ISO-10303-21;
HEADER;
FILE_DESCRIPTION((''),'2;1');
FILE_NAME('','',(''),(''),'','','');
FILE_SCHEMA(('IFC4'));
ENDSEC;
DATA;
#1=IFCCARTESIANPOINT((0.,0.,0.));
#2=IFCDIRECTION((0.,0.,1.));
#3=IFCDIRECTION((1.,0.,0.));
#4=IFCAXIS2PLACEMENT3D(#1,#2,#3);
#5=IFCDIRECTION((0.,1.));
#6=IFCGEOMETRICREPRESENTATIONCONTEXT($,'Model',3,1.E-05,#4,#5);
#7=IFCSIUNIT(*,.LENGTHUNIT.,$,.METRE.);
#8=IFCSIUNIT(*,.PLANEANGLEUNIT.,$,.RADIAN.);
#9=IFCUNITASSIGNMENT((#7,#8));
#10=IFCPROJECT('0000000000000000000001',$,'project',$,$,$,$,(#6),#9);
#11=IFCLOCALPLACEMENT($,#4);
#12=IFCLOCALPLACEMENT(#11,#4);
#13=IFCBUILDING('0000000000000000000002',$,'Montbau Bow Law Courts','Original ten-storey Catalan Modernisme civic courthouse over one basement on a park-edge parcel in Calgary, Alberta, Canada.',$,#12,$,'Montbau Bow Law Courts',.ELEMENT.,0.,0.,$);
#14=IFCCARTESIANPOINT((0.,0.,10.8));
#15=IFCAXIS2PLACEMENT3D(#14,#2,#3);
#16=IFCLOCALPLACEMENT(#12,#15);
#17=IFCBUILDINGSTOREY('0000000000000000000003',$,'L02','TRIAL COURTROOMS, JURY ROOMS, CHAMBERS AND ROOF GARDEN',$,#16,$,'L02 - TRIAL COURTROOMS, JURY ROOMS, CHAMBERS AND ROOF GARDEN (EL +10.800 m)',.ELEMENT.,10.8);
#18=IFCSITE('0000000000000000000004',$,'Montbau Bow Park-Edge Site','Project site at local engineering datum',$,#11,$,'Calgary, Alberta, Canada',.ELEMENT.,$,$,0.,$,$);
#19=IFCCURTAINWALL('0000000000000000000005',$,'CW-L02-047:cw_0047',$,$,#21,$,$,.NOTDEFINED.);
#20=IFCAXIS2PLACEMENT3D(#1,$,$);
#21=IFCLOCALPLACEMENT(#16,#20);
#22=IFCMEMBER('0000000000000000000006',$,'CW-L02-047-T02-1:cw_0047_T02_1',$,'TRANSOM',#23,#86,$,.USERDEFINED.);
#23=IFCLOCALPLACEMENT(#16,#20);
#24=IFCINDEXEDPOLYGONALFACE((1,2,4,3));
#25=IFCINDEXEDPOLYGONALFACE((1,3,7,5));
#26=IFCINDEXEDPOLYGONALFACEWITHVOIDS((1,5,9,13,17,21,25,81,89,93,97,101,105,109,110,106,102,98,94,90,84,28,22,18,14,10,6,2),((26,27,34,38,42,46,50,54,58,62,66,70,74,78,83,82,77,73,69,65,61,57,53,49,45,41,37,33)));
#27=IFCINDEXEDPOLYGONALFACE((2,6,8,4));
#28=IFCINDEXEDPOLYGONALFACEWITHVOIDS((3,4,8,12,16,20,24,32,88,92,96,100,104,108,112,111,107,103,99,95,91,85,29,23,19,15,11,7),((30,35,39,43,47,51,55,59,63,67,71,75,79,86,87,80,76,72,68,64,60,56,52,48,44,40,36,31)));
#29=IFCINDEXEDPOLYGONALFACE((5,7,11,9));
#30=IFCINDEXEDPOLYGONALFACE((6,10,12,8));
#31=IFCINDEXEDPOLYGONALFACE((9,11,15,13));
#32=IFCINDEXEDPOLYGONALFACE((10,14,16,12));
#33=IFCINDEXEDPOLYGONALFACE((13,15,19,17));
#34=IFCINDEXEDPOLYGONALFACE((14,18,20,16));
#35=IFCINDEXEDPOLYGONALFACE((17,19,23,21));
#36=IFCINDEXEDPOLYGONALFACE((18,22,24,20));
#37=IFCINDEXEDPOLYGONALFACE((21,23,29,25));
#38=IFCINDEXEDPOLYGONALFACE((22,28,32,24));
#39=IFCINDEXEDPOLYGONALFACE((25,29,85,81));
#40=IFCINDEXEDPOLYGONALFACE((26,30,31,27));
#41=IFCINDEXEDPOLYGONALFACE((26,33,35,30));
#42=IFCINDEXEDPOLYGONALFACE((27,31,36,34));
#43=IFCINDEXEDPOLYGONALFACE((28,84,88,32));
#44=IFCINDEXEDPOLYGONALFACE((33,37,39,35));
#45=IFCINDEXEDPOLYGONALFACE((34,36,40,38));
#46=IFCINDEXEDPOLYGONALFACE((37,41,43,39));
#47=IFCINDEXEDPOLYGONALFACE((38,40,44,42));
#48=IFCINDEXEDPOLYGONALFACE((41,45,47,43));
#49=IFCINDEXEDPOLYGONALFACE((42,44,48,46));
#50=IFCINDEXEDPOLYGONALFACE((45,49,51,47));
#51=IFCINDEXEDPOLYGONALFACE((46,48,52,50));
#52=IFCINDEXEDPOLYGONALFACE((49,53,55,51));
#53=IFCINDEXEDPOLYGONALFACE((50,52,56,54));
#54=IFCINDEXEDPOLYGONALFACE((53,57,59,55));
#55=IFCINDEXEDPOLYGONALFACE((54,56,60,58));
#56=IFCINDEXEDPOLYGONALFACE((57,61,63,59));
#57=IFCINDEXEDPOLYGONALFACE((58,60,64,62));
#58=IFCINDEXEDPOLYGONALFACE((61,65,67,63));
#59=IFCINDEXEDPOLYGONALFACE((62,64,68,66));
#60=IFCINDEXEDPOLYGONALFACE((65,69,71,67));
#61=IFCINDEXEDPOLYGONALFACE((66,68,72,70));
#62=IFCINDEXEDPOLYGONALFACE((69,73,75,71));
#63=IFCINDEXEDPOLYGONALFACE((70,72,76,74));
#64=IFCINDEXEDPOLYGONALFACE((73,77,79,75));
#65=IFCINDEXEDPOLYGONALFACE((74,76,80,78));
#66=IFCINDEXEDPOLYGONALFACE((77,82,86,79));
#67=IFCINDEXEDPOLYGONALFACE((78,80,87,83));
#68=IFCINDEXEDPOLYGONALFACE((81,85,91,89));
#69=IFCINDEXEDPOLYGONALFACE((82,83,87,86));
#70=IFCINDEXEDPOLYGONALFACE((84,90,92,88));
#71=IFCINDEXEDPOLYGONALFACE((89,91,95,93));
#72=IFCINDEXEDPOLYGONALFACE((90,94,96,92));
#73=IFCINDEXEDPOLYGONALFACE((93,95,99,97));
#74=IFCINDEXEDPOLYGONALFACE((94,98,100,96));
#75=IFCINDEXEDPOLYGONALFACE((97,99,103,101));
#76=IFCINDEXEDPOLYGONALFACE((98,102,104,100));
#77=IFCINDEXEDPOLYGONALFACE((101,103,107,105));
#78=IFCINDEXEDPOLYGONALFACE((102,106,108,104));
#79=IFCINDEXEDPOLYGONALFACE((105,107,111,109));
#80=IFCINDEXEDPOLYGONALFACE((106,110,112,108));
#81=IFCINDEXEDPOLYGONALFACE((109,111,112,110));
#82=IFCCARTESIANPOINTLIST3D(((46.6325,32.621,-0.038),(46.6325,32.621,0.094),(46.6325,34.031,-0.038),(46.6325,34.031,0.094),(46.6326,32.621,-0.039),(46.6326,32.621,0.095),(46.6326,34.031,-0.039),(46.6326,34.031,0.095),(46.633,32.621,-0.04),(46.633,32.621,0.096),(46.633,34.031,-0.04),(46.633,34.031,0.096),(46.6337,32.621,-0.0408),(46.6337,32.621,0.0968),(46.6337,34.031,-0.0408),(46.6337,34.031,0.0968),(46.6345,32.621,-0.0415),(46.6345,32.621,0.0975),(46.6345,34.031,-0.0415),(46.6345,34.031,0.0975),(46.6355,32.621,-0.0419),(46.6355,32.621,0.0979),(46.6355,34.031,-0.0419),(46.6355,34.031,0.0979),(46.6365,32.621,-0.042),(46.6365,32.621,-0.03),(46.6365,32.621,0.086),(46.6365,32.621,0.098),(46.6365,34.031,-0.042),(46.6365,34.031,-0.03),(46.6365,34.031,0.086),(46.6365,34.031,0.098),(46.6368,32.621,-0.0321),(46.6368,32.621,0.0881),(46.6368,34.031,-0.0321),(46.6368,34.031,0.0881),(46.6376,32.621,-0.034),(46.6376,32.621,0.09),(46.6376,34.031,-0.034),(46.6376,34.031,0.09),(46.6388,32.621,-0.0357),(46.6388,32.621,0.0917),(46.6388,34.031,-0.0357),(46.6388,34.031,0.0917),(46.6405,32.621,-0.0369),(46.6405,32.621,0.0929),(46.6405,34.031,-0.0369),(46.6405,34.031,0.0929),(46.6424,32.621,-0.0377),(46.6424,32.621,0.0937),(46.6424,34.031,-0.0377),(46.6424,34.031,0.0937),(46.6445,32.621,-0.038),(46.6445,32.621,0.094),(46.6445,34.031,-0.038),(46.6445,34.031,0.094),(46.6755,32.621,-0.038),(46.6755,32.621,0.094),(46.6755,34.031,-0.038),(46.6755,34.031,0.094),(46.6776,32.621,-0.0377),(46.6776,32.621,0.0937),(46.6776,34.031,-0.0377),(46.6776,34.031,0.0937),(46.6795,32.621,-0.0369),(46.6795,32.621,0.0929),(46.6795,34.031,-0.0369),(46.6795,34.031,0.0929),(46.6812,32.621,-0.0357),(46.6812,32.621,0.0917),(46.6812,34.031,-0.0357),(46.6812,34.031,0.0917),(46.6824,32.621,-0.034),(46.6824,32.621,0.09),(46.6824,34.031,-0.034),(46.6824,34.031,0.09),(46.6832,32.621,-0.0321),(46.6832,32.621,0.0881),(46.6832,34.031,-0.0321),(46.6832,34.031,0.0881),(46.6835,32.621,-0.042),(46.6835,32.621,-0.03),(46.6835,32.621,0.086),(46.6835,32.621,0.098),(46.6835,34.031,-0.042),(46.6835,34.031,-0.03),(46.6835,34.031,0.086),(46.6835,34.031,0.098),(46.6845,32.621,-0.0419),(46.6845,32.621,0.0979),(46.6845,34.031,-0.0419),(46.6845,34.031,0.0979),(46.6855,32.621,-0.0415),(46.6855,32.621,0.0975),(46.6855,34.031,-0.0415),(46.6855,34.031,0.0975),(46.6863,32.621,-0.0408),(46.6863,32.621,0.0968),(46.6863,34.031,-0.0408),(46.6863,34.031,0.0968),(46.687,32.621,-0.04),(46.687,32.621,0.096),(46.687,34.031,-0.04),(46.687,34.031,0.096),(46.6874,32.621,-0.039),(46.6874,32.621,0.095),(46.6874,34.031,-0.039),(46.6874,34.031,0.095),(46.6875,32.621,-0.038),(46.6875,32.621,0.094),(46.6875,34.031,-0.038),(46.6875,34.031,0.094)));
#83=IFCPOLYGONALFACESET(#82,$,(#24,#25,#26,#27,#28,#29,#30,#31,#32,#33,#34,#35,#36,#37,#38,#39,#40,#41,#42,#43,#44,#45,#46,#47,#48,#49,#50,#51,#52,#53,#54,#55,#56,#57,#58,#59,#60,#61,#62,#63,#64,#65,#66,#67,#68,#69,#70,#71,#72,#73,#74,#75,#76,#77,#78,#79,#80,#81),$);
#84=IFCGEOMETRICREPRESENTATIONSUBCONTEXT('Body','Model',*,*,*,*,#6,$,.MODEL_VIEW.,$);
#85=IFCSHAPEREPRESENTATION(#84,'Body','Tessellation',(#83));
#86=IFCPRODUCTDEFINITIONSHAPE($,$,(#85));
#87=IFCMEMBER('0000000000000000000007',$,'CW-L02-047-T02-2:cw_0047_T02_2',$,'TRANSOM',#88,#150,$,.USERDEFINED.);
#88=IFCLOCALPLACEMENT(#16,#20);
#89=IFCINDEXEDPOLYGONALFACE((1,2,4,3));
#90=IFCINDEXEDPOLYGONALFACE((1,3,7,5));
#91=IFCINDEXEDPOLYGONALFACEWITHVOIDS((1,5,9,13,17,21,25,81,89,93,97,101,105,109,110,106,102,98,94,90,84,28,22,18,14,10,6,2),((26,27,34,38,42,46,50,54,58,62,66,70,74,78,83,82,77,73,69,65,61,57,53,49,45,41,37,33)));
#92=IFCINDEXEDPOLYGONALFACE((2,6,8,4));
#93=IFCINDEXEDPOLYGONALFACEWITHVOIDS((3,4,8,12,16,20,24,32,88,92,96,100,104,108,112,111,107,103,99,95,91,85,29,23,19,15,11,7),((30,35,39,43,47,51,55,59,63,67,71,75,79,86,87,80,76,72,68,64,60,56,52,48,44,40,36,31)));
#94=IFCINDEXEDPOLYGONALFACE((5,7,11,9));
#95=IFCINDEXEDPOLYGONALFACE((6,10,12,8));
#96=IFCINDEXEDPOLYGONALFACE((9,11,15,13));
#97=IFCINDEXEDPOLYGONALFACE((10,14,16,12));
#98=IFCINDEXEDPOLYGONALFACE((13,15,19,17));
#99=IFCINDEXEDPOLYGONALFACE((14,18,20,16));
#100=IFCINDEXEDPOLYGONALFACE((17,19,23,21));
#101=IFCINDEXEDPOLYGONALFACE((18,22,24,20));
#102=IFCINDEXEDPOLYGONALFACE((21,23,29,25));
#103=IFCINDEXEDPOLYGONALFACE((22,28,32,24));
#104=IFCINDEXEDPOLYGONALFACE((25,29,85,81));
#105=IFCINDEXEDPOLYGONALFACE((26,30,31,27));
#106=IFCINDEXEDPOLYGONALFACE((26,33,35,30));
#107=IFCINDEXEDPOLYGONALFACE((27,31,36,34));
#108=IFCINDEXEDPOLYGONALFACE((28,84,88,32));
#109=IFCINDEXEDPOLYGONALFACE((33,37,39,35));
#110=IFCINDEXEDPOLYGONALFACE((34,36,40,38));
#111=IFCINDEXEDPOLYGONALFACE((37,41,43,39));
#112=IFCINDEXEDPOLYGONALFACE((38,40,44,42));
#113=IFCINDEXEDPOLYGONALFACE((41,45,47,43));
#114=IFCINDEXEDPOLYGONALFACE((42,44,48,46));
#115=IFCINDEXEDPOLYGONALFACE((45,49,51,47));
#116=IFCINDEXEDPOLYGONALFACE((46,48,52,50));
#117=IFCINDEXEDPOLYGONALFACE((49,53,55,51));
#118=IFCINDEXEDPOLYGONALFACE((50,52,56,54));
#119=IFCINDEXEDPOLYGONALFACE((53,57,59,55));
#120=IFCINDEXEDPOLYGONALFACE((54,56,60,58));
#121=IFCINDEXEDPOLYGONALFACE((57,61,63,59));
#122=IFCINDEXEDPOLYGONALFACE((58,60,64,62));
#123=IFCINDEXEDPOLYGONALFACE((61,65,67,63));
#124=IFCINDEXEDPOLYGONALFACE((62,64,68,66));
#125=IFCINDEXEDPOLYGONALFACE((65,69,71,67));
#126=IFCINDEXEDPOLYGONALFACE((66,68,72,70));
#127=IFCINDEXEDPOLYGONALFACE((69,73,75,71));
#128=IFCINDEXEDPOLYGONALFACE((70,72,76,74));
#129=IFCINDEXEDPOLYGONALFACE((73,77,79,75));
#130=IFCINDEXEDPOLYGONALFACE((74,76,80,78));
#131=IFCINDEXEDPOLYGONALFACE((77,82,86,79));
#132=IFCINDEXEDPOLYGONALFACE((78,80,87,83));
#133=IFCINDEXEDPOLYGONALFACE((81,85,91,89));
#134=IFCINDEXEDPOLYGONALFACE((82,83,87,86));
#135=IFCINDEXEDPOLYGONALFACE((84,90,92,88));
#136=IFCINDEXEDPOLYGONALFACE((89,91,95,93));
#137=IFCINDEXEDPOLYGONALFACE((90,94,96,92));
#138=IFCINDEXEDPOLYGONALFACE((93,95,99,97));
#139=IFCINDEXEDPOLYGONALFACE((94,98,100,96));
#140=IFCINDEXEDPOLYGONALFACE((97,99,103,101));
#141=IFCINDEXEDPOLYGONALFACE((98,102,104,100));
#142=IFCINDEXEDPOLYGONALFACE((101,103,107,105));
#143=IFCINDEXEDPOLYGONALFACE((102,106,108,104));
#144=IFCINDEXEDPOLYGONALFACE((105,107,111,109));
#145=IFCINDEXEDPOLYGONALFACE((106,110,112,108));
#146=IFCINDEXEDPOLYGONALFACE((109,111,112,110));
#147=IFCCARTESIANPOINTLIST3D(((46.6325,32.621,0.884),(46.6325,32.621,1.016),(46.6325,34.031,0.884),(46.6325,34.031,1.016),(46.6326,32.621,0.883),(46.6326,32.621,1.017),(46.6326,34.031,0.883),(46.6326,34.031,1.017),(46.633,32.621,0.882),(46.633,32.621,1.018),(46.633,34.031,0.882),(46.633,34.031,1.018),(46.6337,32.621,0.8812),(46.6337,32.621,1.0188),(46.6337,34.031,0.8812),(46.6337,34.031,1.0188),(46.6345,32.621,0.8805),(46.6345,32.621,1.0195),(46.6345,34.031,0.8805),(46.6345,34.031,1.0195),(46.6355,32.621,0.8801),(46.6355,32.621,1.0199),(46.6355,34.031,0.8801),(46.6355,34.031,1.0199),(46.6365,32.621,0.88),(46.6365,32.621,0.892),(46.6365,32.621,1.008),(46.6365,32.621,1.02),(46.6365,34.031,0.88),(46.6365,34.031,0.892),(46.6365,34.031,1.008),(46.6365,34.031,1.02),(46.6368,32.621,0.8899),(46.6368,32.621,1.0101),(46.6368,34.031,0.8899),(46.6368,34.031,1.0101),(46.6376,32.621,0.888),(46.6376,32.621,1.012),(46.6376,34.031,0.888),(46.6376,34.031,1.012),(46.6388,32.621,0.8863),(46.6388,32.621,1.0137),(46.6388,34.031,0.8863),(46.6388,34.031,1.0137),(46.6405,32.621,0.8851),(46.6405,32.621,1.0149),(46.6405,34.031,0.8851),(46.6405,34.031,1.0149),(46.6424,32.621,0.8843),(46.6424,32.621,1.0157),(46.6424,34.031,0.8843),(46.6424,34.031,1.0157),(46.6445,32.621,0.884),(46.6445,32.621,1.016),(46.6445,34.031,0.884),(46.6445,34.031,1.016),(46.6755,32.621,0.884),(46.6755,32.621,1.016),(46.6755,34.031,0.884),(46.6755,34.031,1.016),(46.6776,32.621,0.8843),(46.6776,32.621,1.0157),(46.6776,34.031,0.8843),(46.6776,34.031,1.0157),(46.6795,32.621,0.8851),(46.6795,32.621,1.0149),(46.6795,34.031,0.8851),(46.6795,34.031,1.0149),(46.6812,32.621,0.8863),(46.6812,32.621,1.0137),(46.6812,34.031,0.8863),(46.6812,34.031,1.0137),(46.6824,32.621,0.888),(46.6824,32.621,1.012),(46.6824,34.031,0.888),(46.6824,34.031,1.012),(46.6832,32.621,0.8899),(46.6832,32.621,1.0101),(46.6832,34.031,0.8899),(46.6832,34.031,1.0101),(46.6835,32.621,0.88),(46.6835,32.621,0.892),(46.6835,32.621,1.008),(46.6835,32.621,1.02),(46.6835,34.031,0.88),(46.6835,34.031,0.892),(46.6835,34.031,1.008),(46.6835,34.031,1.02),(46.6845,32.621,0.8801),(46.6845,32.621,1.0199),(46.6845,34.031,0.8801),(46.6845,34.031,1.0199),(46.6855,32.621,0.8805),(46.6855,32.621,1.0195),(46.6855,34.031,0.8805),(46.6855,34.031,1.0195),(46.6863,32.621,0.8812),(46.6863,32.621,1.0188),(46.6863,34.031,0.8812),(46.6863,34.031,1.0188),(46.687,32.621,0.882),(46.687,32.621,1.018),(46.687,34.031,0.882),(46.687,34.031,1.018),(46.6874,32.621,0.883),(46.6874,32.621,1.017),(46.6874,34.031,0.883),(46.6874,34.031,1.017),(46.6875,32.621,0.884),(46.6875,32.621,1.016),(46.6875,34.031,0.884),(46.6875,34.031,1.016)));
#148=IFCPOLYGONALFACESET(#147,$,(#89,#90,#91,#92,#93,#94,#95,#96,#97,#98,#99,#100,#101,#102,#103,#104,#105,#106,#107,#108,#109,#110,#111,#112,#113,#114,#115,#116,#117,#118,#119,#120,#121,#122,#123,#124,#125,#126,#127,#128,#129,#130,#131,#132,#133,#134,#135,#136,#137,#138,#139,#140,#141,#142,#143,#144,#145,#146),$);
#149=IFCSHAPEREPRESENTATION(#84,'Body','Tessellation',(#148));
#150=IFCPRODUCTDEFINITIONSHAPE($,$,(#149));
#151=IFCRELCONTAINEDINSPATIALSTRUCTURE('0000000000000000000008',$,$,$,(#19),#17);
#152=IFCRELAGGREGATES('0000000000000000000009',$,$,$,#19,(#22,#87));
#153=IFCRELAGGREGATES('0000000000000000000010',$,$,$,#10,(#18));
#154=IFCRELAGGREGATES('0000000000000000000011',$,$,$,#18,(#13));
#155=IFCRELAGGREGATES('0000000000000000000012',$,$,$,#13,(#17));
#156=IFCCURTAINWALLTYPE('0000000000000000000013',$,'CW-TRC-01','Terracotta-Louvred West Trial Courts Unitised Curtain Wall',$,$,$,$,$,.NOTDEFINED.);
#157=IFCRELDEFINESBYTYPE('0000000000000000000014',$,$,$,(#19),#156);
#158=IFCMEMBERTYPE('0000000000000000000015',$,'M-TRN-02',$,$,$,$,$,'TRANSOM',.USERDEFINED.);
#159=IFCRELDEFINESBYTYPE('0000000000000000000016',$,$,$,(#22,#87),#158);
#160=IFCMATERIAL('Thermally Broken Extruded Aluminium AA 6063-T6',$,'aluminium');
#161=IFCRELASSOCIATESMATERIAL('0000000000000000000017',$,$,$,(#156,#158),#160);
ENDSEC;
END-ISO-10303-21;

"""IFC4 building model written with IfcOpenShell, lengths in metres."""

from ifc_helpers import new_model, si_unit, direction, frame, origin_with_axes, origin_2d_with_axis, place, context, subcontext, project, spatial, hollow_rectangle, extrude, material, material_profile, profile_set, type_object, element, aggregate, save


model = new_model("IFC4")

# Units and contexts
model_context = context("Model", 3, precision=1e-05, world=origin_with_axes(), true_north=direction((0.0, 1.0)))
body_context = subcontext(model_context, "Body", "Model", "MODEL_VIEW")
ifc_project = project(units=[si_unit("LENGTHUNIT", "METRE"), si_unit("PLANEANGLEUNIT", "RADIAN")], contexts=[model_context])

# Site, building, storey
site_placement = place(None, origin_with_axes())
site = spatial("IfcSite", under=ifc_project, at=site_placement, Name="Montbau Bow Park-Edge Site", Description="Project site at local engineering datum", LongName="Calgary, Alberta, Canada", CompositionType="ELEMENT", RefElevation=0.0)
building_placement = place(site_placement, origin_with_axes())
building = spatial("IfcBuilding", under=site, at=building_placement, Name="Montbau Bow Law Courts", Description="Original ten-storey Catalan Modernisme civic courthouse over one basement on a park-edge parcel in Calgary, Alberta, Canada.", LongName="Montbau Bow Law Courts", CompositionType="ELEMENT", ElevationOfRefHeight=0.0, ElevationOfTerrain=0.0)
storey_placement = place(building_placement, frame((0.0, 0.0, 10.8), z_axis=(0.0, 0.0, 1.0), x_axis=(1.0, 0.0, 0.0)))
storey = spatial("IfcBuildingStorey", under=building, at=storey_placement, Name="L02", Description="TRIAL COURTROOMS, JURY ROOMS, CHAMBERS AND ROOF GARDEN", LongName="L02 - TRIAL COURTROOMS, JURY ROOMS, CHAMBERS AND ROOF GARDEN (EL +10.800 m)", CompositionType="ELEMENT", Elevation=10.8)

# Shared definitions
ifc_material_1 = material(Name="Thermally Broken Extruded Aluminium AA 6063-T6", Category="aluminium")
curtain_wall_type = type_object("IfcCurtainWallType", Name="CW-TRC-01", Description="Terracotta-Louvred West Trial Courts Unitised Curtain Wall", PredefinedType="NOTDEFINED", material=ifc_material_1)

# Curtain wall, members
curtain_wall_1_placement = place(None, frame((46.66, 31.115, 10.8), z_axis=(0.0, 0.0, 1.0), x_axis=(1.0, 0.0, 0.0)))
curtain_wall_1 = element("IfcCurtainWall", 1, at=curtain_wall_1_placement, inside=storey, type_object=curtain_wall_type, Name="CW-L02-047:cw_0047", PredefinedType="NOTDEFINED")
ifc_material_profile_1 = material_profile(ifc_material_1, hollow_rectangle(XDim=0.055, YDim=0.14, WallThickness=0.004, InnerFilletRadius=0.008, OuterFilletRadius=0.004, at=origin_2d_with_axis()), Name="CWT-140X55", Category="Main", Priority=0)
ifc_profile_set_1 = profile_set([ifc_material_profile_1], Name="Thermally Broken Extruded Aluminium AA 6063-T6")
member_type_1 = type_object("IfcMemberType", Name="M-TRN-02", ElementType="TRANSOM", PredefinedType="USERDEFINED", material=ifc_profile_set_1)
member_1_placement = place(None, frame((46.66, 32.621, 10.828), z_axis=(0.0, 1.0, 0.0), x_axis=(-1.0, 0.0, 0.0)))
member_1 = element("IfcMember", 2, at=member_1_placement, type_object=member_type_1, Name="CW-L02-047-T02-1:cw_0047_T02_1", ObjectType="TRANSOM", PredefinedType="USERDEFINED", context=body_context, shape_type="SweptSolid", body=[
    extrude(hollow_rectangle(XDim=0.055, YDim=0.14, WallThickness=0.004, InnerFilletRadius=0.008, OuterFilletRadius=0.004, at=origin_2d_with_axis()), origin_with_axes(), (0.0, 0.0, 1.0), 1.41),
])
member_2_placement = place(None, frame((46.66, 32.621, 11.75), z_axis=(0.0, 1.0, 0.0), x_axis=(-1.0, 0.0, 0.0)))
member_2 = element("IfcMember", 3, at=member_2_placement, type_object=member_type_1, Name="CW-L02-047-T02-2:cw_0047_T02_2", ObjectType="TRANSOM", PredefinedType="USERDEFINED", context=body_context, shape_type="SweptSolid", body=[
    extrude(hollow_rectangle(XDim=0.055, YDim=0.14, WallThickness=0.004, InnerFilletRadius=0.008, OuterFilletRadius=0.004, at=origin_2d_with_axis()), origin_with_axes(), (0.0, 0.0, 1.0), 1.41),
])
aggregate(curtain_wall_1, [member_1, member_2])

save(model, "model.ifc")
